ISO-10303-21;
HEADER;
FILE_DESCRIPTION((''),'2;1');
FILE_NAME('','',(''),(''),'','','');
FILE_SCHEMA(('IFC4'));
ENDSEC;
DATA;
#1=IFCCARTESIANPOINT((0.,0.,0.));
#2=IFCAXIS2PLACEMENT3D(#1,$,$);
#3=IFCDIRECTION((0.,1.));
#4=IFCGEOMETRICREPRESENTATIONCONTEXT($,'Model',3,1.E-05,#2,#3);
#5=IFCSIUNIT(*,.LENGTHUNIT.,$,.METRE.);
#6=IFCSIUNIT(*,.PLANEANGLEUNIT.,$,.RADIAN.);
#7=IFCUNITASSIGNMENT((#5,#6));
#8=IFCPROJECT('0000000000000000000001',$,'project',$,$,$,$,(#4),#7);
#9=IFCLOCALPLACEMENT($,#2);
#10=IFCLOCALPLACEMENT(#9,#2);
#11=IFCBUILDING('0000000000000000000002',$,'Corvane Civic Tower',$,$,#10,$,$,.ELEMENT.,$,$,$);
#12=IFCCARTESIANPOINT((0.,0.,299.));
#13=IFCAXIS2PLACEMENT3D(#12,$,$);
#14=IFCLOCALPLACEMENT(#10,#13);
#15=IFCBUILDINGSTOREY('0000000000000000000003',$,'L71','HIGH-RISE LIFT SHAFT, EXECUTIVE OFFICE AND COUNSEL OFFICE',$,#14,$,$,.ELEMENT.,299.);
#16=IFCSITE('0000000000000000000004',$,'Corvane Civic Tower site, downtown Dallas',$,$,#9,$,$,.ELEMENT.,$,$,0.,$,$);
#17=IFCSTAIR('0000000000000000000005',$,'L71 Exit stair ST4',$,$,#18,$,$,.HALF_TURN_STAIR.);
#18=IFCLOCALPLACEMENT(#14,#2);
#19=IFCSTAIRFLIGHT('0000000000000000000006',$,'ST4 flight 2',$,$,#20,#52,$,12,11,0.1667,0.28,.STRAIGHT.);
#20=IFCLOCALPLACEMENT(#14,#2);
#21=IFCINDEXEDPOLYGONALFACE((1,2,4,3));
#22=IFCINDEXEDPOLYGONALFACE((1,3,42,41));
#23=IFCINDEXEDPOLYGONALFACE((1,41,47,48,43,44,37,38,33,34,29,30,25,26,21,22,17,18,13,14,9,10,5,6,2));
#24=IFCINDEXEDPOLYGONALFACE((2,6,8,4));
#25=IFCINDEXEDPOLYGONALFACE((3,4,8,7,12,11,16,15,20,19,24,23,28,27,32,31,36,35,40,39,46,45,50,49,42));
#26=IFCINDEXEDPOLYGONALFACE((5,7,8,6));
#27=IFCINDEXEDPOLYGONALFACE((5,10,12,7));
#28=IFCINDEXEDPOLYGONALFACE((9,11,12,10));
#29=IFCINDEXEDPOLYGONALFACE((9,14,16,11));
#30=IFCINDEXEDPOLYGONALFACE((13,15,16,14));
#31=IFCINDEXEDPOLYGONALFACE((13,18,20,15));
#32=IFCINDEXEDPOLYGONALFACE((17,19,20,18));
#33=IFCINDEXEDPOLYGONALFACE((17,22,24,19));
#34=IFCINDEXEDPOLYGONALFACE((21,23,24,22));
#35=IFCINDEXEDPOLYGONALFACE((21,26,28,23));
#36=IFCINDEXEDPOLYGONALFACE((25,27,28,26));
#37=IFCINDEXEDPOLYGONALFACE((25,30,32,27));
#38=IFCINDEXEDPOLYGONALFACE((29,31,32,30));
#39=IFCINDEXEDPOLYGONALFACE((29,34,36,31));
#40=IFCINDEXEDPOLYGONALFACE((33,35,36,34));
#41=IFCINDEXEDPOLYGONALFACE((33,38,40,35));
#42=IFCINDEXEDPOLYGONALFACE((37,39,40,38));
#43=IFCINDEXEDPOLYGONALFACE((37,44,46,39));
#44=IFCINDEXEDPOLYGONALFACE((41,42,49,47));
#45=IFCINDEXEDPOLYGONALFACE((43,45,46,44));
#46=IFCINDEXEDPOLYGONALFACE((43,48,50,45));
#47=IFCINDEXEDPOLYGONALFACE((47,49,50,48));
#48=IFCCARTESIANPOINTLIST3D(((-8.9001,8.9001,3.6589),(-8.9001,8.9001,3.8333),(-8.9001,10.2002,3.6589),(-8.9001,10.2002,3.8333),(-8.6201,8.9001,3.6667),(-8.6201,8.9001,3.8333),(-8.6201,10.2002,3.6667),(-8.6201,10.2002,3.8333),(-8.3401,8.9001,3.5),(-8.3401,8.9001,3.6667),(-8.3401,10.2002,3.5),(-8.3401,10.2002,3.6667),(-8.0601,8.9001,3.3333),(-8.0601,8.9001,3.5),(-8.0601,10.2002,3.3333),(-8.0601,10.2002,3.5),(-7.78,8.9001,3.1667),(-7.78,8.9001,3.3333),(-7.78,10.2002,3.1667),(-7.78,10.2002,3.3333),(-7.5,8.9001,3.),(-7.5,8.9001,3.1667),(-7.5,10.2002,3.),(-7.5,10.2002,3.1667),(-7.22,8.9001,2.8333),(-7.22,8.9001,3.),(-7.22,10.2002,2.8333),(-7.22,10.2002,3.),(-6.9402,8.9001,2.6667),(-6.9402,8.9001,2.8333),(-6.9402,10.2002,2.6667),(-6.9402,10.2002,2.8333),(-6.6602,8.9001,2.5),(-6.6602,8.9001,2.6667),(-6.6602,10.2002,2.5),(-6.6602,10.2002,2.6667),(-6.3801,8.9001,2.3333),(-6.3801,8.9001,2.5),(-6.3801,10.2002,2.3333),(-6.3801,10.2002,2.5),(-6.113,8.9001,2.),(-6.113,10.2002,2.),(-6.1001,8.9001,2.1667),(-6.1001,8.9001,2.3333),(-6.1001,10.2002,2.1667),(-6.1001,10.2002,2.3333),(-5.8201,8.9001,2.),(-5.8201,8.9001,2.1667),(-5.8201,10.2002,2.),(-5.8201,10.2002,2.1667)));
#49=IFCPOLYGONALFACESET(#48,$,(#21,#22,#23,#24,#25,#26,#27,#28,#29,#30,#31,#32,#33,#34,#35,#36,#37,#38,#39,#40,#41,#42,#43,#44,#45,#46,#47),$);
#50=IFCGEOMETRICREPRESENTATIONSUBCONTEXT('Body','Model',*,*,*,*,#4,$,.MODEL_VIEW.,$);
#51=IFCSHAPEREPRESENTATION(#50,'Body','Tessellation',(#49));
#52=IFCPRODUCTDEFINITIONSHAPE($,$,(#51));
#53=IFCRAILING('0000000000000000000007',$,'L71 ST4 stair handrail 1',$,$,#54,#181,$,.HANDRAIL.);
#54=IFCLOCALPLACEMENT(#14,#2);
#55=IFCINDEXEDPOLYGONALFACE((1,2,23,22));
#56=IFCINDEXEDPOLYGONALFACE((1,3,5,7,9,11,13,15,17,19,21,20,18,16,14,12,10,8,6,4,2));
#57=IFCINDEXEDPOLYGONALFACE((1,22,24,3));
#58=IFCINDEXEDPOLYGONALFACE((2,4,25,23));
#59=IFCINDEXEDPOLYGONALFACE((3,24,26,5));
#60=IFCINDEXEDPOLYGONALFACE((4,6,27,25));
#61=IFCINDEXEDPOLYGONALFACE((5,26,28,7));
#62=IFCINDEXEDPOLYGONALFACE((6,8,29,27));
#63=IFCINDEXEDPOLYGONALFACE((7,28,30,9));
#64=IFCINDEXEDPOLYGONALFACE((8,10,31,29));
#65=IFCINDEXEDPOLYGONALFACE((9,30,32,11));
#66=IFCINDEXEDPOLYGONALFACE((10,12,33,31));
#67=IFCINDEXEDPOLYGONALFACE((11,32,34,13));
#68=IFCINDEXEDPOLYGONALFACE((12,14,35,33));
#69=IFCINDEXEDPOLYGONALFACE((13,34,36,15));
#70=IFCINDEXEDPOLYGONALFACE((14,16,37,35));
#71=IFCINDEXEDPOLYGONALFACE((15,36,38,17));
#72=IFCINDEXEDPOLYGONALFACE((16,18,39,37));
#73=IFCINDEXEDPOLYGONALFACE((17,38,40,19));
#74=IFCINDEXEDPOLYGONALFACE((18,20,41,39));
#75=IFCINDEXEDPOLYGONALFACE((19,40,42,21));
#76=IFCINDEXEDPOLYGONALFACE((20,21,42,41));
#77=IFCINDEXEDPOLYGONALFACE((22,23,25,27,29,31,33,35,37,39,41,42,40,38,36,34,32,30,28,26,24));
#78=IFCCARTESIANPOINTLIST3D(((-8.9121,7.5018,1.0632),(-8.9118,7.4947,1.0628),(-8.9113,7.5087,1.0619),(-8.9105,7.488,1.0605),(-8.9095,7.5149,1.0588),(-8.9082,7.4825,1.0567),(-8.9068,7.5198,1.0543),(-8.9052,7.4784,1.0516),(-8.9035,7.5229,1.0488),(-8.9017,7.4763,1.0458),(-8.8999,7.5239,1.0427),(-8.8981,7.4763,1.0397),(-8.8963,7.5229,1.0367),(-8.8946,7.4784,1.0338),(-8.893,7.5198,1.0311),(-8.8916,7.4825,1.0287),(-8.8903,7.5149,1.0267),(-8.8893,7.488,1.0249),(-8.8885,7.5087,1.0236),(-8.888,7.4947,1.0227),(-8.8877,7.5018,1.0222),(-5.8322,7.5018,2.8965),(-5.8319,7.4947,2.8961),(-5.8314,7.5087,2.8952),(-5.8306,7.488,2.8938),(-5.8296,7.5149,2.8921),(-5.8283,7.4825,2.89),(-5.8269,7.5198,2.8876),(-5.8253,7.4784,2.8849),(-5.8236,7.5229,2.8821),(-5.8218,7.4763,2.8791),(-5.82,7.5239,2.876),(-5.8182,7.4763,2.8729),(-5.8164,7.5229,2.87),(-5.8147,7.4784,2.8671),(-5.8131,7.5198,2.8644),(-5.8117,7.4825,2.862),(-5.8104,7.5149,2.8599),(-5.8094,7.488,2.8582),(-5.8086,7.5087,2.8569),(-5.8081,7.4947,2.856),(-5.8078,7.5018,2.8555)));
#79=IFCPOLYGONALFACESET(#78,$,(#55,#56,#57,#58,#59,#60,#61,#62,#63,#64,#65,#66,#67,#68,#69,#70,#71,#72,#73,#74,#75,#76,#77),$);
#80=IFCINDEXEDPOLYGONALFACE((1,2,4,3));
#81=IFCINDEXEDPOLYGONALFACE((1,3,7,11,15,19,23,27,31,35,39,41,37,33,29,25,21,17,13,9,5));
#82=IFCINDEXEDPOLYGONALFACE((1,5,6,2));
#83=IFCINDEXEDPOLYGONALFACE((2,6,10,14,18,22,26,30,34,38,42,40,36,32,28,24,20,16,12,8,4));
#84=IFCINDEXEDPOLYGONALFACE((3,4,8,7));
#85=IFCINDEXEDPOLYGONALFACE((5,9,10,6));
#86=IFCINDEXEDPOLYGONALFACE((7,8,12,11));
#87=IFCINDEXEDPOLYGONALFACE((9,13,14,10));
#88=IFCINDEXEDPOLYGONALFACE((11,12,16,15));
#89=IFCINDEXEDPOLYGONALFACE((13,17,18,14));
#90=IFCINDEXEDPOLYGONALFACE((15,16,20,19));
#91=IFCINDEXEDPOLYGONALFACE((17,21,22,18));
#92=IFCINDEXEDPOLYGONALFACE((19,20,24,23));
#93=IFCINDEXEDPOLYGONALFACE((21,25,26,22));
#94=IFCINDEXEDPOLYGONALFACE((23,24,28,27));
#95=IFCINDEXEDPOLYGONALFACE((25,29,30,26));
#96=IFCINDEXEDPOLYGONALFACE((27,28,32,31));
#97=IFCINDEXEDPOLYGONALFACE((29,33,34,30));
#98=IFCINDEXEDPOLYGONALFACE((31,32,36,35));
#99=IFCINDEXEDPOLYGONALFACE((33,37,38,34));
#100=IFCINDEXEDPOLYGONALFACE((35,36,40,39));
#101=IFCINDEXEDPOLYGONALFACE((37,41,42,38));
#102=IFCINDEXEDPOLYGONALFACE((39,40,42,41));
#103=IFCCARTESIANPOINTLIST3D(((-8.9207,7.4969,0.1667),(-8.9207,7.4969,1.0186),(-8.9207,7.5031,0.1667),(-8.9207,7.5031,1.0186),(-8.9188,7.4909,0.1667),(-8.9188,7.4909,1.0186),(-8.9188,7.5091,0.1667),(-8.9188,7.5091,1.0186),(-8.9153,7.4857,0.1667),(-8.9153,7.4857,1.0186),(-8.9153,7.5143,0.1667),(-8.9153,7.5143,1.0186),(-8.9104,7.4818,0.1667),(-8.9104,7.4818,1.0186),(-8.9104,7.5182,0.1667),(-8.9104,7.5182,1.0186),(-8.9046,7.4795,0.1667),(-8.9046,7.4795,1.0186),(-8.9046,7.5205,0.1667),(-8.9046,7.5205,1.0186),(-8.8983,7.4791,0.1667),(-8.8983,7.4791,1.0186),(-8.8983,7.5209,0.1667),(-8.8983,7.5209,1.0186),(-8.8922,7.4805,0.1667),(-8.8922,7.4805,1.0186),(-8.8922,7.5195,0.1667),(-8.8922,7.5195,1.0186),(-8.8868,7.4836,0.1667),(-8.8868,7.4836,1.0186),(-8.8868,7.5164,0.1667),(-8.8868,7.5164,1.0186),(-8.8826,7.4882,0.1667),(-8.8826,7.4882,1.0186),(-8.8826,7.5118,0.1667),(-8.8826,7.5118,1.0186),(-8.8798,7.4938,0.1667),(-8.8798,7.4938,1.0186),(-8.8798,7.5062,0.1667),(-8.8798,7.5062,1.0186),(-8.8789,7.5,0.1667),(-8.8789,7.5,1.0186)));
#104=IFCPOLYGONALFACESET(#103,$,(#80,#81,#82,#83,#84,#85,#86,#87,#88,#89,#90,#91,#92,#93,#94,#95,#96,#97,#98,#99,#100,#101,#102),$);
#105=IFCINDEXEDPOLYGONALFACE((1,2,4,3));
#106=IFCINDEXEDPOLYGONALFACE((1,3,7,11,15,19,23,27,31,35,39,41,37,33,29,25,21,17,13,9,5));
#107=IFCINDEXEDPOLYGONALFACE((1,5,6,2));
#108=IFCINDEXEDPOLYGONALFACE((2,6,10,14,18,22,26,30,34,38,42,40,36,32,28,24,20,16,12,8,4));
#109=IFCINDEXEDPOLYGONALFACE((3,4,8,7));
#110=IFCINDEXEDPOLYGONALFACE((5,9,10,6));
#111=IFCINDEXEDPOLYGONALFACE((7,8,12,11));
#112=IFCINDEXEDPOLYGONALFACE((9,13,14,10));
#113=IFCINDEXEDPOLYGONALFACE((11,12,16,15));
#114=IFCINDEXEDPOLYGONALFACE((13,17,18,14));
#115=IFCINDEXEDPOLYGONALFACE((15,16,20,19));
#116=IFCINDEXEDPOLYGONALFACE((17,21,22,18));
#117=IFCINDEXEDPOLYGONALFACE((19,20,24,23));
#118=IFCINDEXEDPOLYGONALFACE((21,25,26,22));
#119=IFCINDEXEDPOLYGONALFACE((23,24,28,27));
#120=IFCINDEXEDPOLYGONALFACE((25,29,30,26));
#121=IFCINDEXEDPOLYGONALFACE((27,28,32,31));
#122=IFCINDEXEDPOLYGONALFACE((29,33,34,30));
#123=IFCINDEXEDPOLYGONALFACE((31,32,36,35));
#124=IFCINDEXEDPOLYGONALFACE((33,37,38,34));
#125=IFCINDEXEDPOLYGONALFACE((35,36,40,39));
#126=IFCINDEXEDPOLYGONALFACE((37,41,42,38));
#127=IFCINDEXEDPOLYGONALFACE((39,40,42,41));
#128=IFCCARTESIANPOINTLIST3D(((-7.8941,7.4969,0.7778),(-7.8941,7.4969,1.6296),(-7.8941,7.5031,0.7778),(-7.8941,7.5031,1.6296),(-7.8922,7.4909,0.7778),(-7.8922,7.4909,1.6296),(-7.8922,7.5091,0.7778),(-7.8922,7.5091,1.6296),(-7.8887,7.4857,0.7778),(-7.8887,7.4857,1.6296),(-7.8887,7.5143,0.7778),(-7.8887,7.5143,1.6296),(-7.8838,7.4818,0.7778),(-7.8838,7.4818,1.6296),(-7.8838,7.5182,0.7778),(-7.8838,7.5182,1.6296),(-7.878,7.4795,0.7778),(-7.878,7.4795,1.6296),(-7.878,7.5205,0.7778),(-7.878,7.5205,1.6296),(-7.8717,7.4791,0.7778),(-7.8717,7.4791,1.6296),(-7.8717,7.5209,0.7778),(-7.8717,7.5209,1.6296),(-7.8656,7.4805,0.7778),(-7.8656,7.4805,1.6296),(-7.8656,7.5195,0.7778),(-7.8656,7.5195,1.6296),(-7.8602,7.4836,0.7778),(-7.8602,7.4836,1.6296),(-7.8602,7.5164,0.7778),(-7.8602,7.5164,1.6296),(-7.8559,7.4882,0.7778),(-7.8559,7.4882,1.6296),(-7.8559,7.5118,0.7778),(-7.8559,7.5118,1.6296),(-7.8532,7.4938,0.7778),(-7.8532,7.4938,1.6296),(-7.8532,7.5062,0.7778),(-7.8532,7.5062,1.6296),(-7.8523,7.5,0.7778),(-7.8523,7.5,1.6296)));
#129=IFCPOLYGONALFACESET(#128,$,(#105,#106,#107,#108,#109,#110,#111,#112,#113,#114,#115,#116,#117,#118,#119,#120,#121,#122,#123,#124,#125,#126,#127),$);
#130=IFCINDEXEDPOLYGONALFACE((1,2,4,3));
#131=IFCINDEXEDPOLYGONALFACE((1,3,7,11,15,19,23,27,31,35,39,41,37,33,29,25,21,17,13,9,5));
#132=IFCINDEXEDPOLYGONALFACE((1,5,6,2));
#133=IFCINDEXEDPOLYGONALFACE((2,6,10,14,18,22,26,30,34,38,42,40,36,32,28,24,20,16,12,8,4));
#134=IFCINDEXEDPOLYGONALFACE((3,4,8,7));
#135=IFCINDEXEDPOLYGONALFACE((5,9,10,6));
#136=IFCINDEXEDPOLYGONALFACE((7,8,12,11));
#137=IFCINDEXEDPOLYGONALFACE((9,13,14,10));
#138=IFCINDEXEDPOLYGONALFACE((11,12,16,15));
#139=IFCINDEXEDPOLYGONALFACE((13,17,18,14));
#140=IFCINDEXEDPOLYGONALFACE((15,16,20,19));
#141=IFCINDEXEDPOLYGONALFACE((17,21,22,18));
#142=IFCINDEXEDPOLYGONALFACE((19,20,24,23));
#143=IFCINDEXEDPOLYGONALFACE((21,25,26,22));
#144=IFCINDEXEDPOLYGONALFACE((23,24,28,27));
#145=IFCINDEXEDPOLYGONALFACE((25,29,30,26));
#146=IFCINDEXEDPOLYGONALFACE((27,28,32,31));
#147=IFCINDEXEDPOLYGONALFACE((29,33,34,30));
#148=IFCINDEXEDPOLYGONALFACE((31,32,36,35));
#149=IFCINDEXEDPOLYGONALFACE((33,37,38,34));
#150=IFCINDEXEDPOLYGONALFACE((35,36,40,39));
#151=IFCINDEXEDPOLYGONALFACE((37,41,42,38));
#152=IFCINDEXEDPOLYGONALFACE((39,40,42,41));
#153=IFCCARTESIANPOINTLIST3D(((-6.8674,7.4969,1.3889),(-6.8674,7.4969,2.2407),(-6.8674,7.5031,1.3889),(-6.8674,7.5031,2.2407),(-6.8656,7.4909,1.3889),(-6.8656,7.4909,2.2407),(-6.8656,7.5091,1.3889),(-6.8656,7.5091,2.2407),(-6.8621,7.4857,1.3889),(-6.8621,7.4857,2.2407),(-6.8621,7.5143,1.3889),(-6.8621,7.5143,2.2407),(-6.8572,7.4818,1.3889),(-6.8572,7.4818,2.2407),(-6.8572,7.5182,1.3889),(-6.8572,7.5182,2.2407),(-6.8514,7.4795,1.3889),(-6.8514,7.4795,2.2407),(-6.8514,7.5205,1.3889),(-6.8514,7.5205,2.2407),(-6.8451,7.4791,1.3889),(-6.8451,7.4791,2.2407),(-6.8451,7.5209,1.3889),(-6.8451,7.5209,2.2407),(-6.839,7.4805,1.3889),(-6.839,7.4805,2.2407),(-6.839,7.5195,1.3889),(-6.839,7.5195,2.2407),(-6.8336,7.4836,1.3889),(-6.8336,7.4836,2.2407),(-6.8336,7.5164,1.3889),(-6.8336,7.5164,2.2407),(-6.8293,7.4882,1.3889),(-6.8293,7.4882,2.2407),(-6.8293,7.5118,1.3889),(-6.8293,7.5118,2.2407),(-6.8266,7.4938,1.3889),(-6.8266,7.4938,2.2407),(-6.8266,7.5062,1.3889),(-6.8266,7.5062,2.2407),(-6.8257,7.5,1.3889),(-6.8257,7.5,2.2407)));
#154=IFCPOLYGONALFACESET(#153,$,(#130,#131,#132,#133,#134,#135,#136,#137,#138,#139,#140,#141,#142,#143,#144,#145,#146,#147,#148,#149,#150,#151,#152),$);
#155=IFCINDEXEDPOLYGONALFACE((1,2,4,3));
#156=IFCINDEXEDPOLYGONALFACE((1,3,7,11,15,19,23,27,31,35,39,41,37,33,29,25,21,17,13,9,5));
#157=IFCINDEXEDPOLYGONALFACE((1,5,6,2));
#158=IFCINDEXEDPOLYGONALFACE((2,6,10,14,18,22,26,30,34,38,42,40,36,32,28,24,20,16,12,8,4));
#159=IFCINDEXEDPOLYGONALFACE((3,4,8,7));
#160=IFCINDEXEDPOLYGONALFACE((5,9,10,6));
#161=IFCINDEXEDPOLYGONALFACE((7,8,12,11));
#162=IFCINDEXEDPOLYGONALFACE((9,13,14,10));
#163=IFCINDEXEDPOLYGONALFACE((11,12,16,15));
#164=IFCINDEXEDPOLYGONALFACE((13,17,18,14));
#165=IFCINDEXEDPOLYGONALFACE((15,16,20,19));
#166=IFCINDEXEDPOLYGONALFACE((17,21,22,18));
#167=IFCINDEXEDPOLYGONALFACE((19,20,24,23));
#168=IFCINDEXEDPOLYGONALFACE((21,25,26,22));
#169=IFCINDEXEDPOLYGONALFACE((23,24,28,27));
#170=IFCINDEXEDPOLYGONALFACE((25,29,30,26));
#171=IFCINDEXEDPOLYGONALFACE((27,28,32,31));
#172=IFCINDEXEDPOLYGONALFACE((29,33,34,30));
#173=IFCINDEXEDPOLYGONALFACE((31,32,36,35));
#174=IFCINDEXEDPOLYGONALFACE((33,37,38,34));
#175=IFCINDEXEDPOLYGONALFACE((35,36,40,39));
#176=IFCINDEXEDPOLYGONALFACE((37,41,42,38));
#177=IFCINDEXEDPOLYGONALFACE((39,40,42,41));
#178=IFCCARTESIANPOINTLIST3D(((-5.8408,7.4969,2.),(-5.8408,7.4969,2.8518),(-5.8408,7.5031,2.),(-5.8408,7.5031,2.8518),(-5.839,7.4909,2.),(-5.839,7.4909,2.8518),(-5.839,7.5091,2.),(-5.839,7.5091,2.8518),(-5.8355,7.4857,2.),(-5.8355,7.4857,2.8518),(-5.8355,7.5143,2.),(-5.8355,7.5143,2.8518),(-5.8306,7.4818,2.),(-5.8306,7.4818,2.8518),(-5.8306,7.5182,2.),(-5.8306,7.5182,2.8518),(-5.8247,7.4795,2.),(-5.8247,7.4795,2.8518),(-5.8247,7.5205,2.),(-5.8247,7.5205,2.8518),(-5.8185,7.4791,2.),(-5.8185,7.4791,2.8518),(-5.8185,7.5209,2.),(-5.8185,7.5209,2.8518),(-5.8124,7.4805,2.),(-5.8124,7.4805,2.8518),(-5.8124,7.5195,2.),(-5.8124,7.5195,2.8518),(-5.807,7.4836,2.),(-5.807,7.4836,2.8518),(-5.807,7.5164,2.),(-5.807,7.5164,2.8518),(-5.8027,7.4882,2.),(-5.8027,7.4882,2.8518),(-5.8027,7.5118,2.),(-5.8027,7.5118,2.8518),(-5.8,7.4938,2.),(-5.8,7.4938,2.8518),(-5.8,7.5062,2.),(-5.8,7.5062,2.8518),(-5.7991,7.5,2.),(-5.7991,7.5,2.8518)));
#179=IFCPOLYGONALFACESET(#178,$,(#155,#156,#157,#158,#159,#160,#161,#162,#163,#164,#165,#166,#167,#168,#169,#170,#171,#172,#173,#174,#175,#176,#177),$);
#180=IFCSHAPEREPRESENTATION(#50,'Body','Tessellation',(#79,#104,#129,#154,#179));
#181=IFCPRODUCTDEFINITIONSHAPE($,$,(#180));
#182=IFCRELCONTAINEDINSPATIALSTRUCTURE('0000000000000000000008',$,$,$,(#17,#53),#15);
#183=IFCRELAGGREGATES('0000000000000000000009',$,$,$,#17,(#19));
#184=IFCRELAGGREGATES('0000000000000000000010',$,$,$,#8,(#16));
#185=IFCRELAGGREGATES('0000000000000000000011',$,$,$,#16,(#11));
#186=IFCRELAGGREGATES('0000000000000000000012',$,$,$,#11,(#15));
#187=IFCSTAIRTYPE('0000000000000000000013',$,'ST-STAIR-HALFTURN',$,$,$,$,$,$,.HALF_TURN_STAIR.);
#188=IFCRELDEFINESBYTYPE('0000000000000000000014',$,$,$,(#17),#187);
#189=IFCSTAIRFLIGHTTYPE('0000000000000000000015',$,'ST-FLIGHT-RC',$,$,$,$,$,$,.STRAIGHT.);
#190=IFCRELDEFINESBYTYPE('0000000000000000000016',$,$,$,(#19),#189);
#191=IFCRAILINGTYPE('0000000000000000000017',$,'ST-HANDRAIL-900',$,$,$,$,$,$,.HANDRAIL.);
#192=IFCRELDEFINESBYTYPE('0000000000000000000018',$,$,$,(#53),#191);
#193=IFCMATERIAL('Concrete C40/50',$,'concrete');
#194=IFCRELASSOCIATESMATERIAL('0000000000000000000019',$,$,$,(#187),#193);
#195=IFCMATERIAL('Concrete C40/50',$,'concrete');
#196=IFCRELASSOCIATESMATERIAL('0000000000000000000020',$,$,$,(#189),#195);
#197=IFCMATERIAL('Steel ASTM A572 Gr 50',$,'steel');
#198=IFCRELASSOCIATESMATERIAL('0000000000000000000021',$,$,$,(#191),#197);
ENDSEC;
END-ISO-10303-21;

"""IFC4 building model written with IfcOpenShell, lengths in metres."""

from ifc_helpers import new_model, si_unit, direction, frame, origin, origin_2d, place, context, subcontext, project, spatial, polyline, circle, outline, extrude, material, type_object, element, aggregate, save


model = new_model("IFC4")

# Units and contexts
model_context = context("Model", 3, precision=1e-05, world=origin(), true_north=direction((0.0, 1.0)))
body_context = subcontext(model_context, "Body", "Model", "MODEL_VIEW")
ifc_project = project(units=[si_unit("LENGTHUNIT", "METRE"), si_unit("PLANEANGLEUNIT", "RADIAN")], contexts=[model_context])

# Site, building, storey
site_placement = place(None, origin())
site = spatial("IfcSite", under=ifc_project, at=site_placement, Name="Corvane Civic Tower site, downtown Dallas", CompositionType="ELEMENT", RefElevation=0.0)
building_placement = place(site_placement, origin())
building = spatial("IfcBuilding", under=site, at=building_placement, Name="Corvane Civic Tower", CompositionType="ELEMENT")
storey_placement = place(building_placement, frame((0.0, 0.0, 299.0)))
storey = spatial("IfcBuildingStorey", under=building, at=storey_placement, Name="L71", Description="HIGH-RISE LIFT SHAFT, EXECUTIVE OFFICE AND COUNSEL OFFICE", CompositionType="ELEMENT", Elevation=299.0)

# Stair
ifc_material_1 = material(Name="Concrete C40/50", Category="concrete")
stair_type = type_object("IfcStairType", Name="ST-STAIR-HALFTURN", PredefinedType="HALF_TURN_STAIR", material=ifc_material_1)
stair_1_placement = place(storey_placement, origin())
stair_1 = element("IfcStair", 1, at=stair_1_placement, inside=storey, type_object=stair_type, Name="L71 Exit stair ST4", PredefinedType="HALF_TURN_STAIR")

# Stair flight
ifc_material_2 = material(Name="Concrete C40/50", Category="concrete")
stair_flight_type = type_object("IfcStairFlightType", Name="ST-FLIGHT-RC", PredefinedType="STRAIGHT", material=ifc_material_2)
stair_flight_1_placement = place(storey_placement, frame((-5.8201, 9.55, 2.0), z_axis=(0.0, 0.0, 1.0), x_axis=(-1.0, 0.0, 0.0)))
stair_flight_1 = element("IfcStairFlight", 2, at=stair_flight_1_placement, type_object=stair_flight_type, Name="ST4 flight 2", NumberOfRisers=12, NumberOfTreads=11, PredefinedType="STRAIGHT", RiserHeight=0.1667, TreadLength=0.28, context=body_context, shape_type="SweptSolid", body=[
    extrude(outline(polyline([(0.0, 0.0), (0.0, 0.1667), (0.28, 0.1667), (0.28, 0.3333), (0.5601, 0.3333), (0.5601, 0.5), (0.8401, 0.5), (0.8401, 0.6667), (1.1201, 0.6667), (1.1201, 0.8333), (1.3999, 0.8333), (1.3999, 1.0), (1.6799, 1.0), (1.6799, 1.1667), (1.96, 1.1667), (1.96, 1.3333), (2.24, 1.3333), (2.24, 1.5), (2.52, 1.5), (2.52, 1.6667), (2.8, 1.6667), (2.8, 1.8333), (3.0801, 1.8333), (3.0801, 2.0), (3.0801, 1.6589), (0.293, 0.0), (0.0, 0.0)])), frame((0.0, 0.6499, 0.0), z_axis=(0.0, -1.0, 0.0), x_axis=(1.0, 0.0, 0.0)), (0.0, 0.0, 1.0), 1.3),
])
aggregate(stair_1, [stair_flight_1])

# Railing
ifc_material_3 = material(Name="Steel ASTM A572 Gr 50", Category="steel")
railing_type_1 = type_object("IfcRailingType", Name="ST-HANDRAIL-900", PredefinedType="HANDRAIL", material=ifc_material_3)
railing_1_placement = place(storey_placement, frame((-8.8999, 7.5, 0.1667)))
element("IfcRailing", 3, at=railing_1_placement, inside=storey, type_object=railing_type_1, Name="L71 ST4 stair handrail 1", PredefinedType="HANDRAIL", context=body_context, shape_type="SweptSolid", body=[
    extrude(circle(Radius=0.0239, at=origin_2d()), frame((0.0, 0.0, 0.876), z_axis=(0.859291, 0.0, 0.511487), x_axis=(0.0, 1.0, 0.0)), (0.0, 0.0, 1.0), 3.5842),
    extrude(circle(Radius=0.021, at=origin_2d()), origin(), (0.0, 0.0, 1.0), 0.8518),
    extrude(circle(Radius=0.021, at=origin_2d()), frame((1.0266, 0.0, 0.6111)), (0.0, 0.0, 1.0), 0.8518),
    extrude(circle(Radius=0.021, at=origin_2d()), frame((2.0532, 0.0, 1.2222)), (0.0, 0.0, 1.0), 0.8518),
    extrude(circle(Radius=0.021, at=origin_2d()), frame((3.0798, 0.0, 1.8333)), (0.0, 0.0, 1.0), 0.8518),
])

save(model, "model.ifc")
